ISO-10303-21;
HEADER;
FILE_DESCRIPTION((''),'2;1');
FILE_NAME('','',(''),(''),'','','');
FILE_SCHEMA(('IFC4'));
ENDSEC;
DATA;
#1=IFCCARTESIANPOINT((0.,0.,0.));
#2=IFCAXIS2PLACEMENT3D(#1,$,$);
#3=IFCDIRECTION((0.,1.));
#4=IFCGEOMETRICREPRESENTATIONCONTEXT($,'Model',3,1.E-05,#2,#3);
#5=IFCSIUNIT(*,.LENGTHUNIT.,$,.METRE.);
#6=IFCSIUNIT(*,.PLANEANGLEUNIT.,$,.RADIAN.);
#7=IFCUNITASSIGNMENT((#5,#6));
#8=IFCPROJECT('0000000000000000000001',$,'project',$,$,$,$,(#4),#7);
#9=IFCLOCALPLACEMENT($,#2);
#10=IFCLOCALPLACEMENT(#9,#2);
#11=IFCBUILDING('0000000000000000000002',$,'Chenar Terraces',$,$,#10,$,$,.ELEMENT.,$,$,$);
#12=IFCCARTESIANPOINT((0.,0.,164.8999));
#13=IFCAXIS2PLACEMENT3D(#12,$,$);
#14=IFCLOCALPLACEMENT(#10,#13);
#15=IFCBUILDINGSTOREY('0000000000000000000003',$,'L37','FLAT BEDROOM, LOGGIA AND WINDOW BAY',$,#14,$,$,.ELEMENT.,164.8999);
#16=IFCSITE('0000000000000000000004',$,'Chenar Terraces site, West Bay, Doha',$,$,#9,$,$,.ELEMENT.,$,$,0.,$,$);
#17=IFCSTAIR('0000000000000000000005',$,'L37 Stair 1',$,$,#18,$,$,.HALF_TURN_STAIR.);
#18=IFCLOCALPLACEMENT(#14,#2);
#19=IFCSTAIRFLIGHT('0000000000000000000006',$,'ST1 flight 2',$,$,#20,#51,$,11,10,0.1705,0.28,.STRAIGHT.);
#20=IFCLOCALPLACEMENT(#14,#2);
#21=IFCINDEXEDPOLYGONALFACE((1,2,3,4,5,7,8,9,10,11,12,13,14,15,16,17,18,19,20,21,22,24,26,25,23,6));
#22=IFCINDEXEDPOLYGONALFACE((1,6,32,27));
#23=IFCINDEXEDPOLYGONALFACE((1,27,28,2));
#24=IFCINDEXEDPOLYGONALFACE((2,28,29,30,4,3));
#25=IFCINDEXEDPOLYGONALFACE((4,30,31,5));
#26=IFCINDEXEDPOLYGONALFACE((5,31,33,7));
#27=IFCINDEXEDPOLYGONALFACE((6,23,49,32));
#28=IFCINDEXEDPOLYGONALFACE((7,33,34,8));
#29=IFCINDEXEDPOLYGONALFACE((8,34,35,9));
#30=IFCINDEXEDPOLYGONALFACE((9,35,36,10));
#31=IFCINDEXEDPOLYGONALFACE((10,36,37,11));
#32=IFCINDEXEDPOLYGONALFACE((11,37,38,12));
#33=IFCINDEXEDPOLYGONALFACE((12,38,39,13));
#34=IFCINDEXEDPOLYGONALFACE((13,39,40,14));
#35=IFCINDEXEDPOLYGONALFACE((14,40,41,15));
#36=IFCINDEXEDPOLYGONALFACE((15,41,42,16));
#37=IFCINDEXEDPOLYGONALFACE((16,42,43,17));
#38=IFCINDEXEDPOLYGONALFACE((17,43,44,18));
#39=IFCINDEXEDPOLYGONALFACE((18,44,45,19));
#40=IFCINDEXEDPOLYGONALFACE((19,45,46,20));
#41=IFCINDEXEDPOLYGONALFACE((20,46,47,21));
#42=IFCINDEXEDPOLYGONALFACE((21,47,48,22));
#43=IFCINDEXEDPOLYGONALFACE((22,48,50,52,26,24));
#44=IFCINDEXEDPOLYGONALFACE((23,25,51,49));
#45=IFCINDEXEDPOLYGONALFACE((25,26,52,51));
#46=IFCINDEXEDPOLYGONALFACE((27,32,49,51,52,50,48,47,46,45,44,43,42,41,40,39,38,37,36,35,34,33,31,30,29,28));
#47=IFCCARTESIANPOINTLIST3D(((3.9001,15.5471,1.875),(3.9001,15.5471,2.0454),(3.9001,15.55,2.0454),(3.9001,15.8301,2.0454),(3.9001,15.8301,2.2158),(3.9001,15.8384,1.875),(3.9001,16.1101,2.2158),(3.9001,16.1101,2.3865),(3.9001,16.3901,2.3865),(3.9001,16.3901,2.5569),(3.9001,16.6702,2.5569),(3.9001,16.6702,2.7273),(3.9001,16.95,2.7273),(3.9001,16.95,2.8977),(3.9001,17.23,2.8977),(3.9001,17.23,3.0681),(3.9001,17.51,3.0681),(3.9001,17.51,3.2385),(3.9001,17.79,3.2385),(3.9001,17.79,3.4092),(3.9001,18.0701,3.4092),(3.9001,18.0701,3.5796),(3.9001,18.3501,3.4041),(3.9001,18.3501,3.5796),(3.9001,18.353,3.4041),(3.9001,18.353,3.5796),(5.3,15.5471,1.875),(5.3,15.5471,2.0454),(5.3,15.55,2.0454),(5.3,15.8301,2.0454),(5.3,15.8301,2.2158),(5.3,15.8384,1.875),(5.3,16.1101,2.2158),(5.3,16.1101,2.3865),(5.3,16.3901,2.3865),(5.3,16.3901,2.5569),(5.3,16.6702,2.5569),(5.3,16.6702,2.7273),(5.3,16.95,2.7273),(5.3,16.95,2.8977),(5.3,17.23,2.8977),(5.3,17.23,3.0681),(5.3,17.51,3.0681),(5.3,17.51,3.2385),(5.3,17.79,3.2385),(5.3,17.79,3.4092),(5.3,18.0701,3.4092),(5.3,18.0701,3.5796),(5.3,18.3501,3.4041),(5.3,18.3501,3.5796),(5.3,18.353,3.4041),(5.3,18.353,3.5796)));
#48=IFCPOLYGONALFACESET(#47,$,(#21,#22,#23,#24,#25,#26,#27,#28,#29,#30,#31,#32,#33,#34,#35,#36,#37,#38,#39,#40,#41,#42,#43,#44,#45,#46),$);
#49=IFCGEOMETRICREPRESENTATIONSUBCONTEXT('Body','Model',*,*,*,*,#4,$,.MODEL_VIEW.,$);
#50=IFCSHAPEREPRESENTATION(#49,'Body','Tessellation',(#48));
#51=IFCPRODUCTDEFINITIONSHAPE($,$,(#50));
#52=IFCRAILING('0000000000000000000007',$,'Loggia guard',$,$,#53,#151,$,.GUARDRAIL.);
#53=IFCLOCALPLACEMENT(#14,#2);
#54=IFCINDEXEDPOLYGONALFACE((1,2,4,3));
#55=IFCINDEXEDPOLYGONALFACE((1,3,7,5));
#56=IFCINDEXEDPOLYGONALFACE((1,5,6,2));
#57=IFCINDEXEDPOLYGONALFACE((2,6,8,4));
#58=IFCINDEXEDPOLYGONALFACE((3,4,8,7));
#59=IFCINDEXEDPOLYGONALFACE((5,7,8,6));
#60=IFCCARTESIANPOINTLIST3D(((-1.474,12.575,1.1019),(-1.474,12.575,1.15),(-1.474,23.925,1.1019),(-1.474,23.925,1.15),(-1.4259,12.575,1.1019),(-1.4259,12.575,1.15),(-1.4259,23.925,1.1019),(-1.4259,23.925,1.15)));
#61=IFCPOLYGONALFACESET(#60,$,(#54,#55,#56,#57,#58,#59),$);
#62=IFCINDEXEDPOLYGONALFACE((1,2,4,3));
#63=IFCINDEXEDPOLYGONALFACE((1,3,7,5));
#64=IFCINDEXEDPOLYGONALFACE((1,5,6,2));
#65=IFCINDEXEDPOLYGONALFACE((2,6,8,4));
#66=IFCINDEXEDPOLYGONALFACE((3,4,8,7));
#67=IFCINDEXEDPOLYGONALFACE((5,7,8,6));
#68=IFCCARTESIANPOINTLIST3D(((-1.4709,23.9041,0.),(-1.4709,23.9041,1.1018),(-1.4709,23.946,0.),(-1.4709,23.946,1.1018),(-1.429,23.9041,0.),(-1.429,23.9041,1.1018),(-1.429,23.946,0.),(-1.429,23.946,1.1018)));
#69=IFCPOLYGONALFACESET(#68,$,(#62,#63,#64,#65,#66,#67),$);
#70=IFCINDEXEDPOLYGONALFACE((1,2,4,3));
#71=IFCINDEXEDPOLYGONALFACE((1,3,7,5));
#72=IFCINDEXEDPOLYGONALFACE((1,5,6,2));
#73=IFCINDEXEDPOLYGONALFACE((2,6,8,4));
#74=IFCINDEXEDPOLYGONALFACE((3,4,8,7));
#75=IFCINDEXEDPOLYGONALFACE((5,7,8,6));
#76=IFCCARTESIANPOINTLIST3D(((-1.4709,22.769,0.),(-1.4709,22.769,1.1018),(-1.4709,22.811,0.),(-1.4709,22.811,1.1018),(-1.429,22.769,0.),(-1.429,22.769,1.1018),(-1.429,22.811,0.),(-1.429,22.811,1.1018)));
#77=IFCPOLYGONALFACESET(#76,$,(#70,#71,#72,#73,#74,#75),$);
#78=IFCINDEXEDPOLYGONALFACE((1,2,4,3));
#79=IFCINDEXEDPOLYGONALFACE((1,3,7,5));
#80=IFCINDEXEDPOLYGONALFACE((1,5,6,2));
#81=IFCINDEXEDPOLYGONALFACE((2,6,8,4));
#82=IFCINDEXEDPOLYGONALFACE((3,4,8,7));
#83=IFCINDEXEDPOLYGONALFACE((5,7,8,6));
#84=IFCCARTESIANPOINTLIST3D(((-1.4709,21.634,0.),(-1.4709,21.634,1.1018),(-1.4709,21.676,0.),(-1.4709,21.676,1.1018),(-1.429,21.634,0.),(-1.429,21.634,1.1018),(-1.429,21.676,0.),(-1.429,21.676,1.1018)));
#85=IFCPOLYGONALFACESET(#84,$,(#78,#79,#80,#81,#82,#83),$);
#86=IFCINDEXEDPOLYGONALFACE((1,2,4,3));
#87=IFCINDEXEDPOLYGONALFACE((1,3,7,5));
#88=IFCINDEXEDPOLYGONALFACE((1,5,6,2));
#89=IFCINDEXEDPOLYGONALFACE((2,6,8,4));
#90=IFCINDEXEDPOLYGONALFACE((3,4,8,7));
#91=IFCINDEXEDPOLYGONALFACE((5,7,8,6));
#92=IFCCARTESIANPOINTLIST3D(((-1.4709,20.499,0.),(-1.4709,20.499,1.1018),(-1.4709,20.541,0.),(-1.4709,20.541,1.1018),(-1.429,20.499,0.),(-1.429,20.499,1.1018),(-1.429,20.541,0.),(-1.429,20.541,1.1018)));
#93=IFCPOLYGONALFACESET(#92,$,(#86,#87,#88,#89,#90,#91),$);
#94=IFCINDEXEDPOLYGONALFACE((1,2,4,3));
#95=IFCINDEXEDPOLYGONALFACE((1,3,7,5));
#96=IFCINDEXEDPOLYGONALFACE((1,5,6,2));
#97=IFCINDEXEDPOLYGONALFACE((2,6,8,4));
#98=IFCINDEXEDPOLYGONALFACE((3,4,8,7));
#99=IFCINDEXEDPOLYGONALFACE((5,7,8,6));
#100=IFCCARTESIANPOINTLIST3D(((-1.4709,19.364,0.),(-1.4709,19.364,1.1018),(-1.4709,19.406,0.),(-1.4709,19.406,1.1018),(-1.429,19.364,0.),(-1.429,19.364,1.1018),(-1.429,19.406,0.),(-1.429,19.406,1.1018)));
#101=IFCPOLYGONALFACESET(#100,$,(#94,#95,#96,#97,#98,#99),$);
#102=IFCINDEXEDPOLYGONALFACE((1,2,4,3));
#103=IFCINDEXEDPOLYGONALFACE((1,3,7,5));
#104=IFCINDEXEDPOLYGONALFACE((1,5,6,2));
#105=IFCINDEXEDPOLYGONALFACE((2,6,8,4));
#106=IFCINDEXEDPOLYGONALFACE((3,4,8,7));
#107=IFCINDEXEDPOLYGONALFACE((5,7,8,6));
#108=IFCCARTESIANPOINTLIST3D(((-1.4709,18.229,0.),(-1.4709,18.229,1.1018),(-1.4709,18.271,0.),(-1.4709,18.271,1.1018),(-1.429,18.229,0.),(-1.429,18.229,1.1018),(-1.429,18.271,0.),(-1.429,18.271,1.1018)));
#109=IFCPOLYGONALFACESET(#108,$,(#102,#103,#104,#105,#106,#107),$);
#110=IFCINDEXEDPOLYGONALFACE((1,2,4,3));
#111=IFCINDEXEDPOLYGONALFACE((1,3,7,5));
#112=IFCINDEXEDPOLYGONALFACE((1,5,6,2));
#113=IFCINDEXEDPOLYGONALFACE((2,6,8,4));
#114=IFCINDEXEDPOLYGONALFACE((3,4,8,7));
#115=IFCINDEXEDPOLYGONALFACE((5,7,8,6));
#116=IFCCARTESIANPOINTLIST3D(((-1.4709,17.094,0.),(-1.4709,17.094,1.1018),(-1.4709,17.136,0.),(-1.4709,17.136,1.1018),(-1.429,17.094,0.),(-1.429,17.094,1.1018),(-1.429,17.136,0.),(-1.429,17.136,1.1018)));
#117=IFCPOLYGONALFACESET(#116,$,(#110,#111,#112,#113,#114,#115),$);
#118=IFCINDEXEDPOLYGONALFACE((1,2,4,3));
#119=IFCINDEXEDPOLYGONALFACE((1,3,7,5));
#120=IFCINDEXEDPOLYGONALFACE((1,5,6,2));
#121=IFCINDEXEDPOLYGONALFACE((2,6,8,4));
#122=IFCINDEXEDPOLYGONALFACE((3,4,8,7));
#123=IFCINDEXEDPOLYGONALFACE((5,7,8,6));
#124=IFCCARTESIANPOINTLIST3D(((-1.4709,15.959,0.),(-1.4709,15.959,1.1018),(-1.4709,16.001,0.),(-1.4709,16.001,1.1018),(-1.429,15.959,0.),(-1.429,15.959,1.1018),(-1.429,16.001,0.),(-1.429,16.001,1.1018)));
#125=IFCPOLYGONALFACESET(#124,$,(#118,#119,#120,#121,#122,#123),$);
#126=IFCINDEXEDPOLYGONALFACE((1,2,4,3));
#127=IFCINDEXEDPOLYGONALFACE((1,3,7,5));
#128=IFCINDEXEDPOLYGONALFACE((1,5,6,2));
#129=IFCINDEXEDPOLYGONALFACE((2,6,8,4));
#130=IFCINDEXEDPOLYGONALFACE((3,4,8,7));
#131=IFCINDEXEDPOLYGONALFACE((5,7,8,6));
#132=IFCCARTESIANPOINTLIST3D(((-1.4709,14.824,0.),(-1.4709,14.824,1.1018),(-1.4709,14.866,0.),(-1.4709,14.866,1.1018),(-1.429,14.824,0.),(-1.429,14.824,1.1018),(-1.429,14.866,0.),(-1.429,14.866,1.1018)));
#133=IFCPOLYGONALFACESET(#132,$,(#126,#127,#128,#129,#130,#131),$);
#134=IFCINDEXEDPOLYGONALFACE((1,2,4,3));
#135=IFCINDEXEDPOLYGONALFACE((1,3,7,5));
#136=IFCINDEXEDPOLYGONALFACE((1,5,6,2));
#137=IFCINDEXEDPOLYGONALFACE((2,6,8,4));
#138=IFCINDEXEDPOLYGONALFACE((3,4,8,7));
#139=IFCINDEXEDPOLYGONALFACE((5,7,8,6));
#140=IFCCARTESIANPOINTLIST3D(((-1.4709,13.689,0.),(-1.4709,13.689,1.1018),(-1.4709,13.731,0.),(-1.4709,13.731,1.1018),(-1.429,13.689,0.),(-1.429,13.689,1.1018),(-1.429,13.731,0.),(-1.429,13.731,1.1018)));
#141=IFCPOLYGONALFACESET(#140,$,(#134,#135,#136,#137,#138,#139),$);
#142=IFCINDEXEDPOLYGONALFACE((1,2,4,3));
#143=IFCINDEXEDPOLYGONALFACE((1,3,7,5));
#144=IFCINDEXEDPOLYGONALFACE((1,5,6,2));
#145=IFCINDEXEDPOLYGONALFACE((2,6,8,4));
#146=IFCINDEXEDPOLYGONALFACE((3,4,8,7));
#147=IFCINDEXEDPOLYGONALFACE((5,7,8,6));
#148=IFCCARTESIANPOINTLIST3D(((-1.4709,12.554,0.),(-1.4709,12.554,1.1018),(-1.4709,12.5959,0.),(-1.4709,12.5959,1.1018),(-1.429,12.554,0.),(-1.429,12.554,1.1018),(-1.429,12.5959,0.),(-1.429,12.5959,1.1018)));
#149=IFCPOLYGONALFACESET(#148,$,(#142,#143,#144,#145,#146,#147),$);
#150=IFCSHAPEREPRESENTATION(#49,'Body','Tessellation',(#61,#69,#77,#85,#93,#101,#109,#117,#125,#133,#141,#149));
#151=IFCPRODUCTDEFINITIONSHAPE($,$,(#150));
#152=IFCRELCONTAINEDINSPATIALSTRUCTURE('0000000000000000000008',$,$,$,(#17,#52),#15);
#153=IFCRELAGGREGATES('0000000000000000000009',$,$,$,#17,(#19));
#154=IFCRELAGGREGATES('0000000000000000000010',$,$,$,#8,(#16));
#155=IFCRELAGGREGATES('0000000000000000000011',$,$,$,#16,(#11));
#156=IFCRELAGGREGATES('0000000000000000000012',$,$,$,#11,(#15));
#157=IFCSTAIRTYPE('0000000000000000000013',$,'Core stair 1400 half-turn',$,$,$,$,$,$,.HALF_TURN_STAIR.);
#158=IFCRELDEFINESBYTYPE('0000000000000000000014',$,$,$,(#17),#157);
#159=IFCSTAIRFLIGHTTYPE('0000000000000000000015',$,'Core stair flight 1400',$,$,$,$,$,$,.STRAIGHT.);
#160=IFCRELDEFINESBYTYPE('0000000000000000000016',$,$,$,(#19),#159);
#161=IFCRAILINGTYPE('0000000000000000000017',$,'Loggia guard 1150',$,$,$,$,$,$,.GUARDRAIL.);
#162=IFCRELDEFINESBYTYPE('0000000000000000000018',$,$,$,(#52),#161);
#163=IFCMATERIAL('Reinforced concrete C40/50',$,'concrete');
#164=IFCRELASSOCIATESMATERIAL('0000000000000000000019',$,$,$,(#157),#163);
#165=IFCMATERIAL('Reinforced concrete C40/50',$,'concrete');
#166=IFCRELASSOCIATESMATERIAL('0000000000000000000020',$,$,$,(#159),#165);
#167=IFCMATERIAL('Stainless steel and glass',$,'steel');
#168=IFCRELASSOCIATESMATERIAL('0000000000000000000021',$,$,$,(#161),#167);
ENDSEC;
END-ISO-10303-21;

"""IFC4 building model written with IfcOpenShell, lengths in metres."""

from ifc_helpers import new_model, si_unit, direction, frame, origin, origin_2d, place, context, subcontext, project, spatial, polyline, rectangle, outline, extrude, material, type_object, element, aggregate, save


model = new_model("IFC4")

# Units and contexts
model_context = context("Model", 3, precision=1e-05, world=origin(), true_north=direction((0.0, 1.0)))
body_context = subcontext(model_context, "Body", "Model", "MODEL_VIEW")
ifc_project = project(units=[si_unit("LENGTHUNIT", "METRE"), si_unit("PLANEANGLEUNIT", "RADIAN")], contexts=[model_context])

# Site, building, storey
site_placement = place(None, origin())
site = spatial("IfcSite", under=ifc_project, at=site_placement, Name="Chenar Terraces site, West Bay, Doha", CompositionType="ELEMENT", RefElevation=0.0)
building_placement = place(site_placement, origin())
building = spatial("IfcBuilding", under=site, at=building_placement, Name="Chenar Terraces", CompositionType="ELEMENT")
storey_placement = place(building_placement, frame((0.0, 0.0, 164.8999)))
storey = spatial("IfcBuildingStorey", under=building, at=storey_placement, Name="L37", Description="FLAT BEDROOM, LOGGIA AND WINDOW BAY", CompositionType="ELEMENT", Elevation=164.8999)

# Stair, stair flight
ifc_material_1 = material(Name="Reinforced concrete C40/50", Category="concrete")
stair_type = type_object("IfcStairType", Name="Core stair 1400 half-turn", PredefinedType="HALF_TURN_STAIR", material=ifc_material_1)
stair_placement = place(storey_placement, origin())
stair = element("IfcStair", 1, at=stair_placement, inside=storey, type_object=stair_type, Name="L37 Stair 1", PredefinedType="HALF_TURN_STAIR")
ifc_material_2 = material(Name="Reinforced concrete C40/50", Category="concrete")
stair_flight_type = type_object("IfcStairFlightType", Name="Core stair flight 1400", PredefinedType="STRAIGHT", material=ifc_material_2)
stair_flight_1_placement = place(storey_placement, frame((4.6001, 15.55, 1.875), z_axis=(0.0, 0.0, 1.0), x_axis=(0.0, 1.0, 0.0)))
stair_flight_1 = element("IfcStairFlight", 2, at=stair_flight_1_placement, type_object=stair_flight_type, Name="ST1 flight 2", NumberOfRisers=11, NumberOfTreads=10, PredefinedType="STRAIGHT", RiserHeight=0.1705, TreadLength=0.28, context=body_context, shape_type="SweptSolid", body=[
    extrude(outline(polyline([(-0.0029, 0.0), (-0.0029, 0.1704), (0.0, 0.1704), (0.28, 0.1704), (0.28, 0.3408), (0.5601, 0.3408), (0.5601, 0.5115), (0.8401, 0.5115), (0.8401, 0.6819), (1.1201, 0.6819), (1.1201, 0.8523), (1.3999, 0.8523), (1.3999, 1.0227), (1.6799, 1.0227), (1.6799, 1.1931), (1.96, 1.1931), (1.96, 1.3635), (2.24, 1.3635), (2.24, 1.5342), (2.52, 1.5342), (2.52, 1.7046), (2.8, 1.7046), (2.803, 1.7046), (2.803, 1.5291), (2.8, 1.5291), (0.2883, 0.0), (-0.0029, 0.0)])), frame((0.0, 0.7, 0.0), z_axis=(0.0, -1.0, 0.0), x_axis=(1.0, 0.0, 0.0)), (0.0, 0.0, 1.0), 1.3999),
])
aggregate(stair, [stair_flight_1])

# Railing
ifc_material_3 = material(Name="Stainless steel and glass", Category="steel")
railing_type_1 = type_object("IfcRailingType", Name="Loggia guard 1150", PredefinedType="GUARDRAIL", material=ifc_material_3)
railing_1_placement = place(storey_placement, frame((-1.45, 23.925, 0.0)))
element("IfcRailing", 3, at=railing_1_placement, inside=storey, type_object=railing_type_1, Name="Loggia guard", PredefinedType="GUARDRAIL", context=body_context, shape_type="SweptSolid", body=[
    extrude(rectangle(XDim=0.0481, YDim=0.0481, at=origin_2d()), frame((0.0, 0.0, 1.126), z_axis=(0.0, -1.0, 0.0), x_axis=(1.0, 0.0, 0.0)), (0.0, 0.0, 1.0), 11.3501),
    extrude(rectangle(XDim=0.042, YDim=0.042, at=origin_2d()), origin(), (0.0, 0.0, 1.0), 1.1018),
    extrude(rectangle(XDim=0.042, YDim=0.042, at=origin_2d()), frame((0.0, -1.135, 0.0)), (0.0, 0.0, 1.0), 1.1018),
    extrude(rectangle(XDim=0.042, YDim=0.042, at=origin_2d()), frame((0.0, -2.27, 0.0)), (0.0, 0.0, 1.0), 1.1018),
    extrude(rectangle(XDim=0.042, YDim=0.042, at=origin_2d()), frame((0.0, -3.405, 0.0)), (0.0, 0.0, 1.0), 1.1018),
    extrude(rectangle(XDim=0.042, YDim=0.042, at=origin_2d()), frame((0.0, -4.54, 0.0)), (0.0, 0.0, 1.0), 1.1018),
    extrude(rectangle(XDim=0.042, YDim=0.042, at=origin_2d()), frame((0.0, -5.675, 0.0)), (0.0, 0.0, 1.0), 1.1018),
    extrude(rectangle(XDim=0.042, YDim=0.042, at=origin_2d()), frame((0.0, -6.8101, 0.0)), (0.0, 0.0, 1.0), 1.1018),
    extrude(rectangle(XDim=0.042, YDim=0.042, at=origin_2d()), frame((0.0, -7.9451, 0.0)), (0.0, 0.0, 1.0), 1.1018),
    extrude(rectangle(XDim=0.042, YDim=0.042, at=origin_2d()), frame((0.0, -9.0801, 0.0)), (0.0, 0.0, 1.0), 1.1018),
    extrude(rectangle(XDim=0.042, YDim=0.042, at=origin_2d()), frame((0.0, -10.2151, 0.0)), (0.0, 0.0, 1.0), 1.1018),
    extrude(rectangle(XDim=0.042, YDim=0.042, at=origin_2d()), frame((0.0, -11.3501, 0.0)), (0.0, 0.0, 1.0), 1.1018),
])

save(model, "model.ifc")
